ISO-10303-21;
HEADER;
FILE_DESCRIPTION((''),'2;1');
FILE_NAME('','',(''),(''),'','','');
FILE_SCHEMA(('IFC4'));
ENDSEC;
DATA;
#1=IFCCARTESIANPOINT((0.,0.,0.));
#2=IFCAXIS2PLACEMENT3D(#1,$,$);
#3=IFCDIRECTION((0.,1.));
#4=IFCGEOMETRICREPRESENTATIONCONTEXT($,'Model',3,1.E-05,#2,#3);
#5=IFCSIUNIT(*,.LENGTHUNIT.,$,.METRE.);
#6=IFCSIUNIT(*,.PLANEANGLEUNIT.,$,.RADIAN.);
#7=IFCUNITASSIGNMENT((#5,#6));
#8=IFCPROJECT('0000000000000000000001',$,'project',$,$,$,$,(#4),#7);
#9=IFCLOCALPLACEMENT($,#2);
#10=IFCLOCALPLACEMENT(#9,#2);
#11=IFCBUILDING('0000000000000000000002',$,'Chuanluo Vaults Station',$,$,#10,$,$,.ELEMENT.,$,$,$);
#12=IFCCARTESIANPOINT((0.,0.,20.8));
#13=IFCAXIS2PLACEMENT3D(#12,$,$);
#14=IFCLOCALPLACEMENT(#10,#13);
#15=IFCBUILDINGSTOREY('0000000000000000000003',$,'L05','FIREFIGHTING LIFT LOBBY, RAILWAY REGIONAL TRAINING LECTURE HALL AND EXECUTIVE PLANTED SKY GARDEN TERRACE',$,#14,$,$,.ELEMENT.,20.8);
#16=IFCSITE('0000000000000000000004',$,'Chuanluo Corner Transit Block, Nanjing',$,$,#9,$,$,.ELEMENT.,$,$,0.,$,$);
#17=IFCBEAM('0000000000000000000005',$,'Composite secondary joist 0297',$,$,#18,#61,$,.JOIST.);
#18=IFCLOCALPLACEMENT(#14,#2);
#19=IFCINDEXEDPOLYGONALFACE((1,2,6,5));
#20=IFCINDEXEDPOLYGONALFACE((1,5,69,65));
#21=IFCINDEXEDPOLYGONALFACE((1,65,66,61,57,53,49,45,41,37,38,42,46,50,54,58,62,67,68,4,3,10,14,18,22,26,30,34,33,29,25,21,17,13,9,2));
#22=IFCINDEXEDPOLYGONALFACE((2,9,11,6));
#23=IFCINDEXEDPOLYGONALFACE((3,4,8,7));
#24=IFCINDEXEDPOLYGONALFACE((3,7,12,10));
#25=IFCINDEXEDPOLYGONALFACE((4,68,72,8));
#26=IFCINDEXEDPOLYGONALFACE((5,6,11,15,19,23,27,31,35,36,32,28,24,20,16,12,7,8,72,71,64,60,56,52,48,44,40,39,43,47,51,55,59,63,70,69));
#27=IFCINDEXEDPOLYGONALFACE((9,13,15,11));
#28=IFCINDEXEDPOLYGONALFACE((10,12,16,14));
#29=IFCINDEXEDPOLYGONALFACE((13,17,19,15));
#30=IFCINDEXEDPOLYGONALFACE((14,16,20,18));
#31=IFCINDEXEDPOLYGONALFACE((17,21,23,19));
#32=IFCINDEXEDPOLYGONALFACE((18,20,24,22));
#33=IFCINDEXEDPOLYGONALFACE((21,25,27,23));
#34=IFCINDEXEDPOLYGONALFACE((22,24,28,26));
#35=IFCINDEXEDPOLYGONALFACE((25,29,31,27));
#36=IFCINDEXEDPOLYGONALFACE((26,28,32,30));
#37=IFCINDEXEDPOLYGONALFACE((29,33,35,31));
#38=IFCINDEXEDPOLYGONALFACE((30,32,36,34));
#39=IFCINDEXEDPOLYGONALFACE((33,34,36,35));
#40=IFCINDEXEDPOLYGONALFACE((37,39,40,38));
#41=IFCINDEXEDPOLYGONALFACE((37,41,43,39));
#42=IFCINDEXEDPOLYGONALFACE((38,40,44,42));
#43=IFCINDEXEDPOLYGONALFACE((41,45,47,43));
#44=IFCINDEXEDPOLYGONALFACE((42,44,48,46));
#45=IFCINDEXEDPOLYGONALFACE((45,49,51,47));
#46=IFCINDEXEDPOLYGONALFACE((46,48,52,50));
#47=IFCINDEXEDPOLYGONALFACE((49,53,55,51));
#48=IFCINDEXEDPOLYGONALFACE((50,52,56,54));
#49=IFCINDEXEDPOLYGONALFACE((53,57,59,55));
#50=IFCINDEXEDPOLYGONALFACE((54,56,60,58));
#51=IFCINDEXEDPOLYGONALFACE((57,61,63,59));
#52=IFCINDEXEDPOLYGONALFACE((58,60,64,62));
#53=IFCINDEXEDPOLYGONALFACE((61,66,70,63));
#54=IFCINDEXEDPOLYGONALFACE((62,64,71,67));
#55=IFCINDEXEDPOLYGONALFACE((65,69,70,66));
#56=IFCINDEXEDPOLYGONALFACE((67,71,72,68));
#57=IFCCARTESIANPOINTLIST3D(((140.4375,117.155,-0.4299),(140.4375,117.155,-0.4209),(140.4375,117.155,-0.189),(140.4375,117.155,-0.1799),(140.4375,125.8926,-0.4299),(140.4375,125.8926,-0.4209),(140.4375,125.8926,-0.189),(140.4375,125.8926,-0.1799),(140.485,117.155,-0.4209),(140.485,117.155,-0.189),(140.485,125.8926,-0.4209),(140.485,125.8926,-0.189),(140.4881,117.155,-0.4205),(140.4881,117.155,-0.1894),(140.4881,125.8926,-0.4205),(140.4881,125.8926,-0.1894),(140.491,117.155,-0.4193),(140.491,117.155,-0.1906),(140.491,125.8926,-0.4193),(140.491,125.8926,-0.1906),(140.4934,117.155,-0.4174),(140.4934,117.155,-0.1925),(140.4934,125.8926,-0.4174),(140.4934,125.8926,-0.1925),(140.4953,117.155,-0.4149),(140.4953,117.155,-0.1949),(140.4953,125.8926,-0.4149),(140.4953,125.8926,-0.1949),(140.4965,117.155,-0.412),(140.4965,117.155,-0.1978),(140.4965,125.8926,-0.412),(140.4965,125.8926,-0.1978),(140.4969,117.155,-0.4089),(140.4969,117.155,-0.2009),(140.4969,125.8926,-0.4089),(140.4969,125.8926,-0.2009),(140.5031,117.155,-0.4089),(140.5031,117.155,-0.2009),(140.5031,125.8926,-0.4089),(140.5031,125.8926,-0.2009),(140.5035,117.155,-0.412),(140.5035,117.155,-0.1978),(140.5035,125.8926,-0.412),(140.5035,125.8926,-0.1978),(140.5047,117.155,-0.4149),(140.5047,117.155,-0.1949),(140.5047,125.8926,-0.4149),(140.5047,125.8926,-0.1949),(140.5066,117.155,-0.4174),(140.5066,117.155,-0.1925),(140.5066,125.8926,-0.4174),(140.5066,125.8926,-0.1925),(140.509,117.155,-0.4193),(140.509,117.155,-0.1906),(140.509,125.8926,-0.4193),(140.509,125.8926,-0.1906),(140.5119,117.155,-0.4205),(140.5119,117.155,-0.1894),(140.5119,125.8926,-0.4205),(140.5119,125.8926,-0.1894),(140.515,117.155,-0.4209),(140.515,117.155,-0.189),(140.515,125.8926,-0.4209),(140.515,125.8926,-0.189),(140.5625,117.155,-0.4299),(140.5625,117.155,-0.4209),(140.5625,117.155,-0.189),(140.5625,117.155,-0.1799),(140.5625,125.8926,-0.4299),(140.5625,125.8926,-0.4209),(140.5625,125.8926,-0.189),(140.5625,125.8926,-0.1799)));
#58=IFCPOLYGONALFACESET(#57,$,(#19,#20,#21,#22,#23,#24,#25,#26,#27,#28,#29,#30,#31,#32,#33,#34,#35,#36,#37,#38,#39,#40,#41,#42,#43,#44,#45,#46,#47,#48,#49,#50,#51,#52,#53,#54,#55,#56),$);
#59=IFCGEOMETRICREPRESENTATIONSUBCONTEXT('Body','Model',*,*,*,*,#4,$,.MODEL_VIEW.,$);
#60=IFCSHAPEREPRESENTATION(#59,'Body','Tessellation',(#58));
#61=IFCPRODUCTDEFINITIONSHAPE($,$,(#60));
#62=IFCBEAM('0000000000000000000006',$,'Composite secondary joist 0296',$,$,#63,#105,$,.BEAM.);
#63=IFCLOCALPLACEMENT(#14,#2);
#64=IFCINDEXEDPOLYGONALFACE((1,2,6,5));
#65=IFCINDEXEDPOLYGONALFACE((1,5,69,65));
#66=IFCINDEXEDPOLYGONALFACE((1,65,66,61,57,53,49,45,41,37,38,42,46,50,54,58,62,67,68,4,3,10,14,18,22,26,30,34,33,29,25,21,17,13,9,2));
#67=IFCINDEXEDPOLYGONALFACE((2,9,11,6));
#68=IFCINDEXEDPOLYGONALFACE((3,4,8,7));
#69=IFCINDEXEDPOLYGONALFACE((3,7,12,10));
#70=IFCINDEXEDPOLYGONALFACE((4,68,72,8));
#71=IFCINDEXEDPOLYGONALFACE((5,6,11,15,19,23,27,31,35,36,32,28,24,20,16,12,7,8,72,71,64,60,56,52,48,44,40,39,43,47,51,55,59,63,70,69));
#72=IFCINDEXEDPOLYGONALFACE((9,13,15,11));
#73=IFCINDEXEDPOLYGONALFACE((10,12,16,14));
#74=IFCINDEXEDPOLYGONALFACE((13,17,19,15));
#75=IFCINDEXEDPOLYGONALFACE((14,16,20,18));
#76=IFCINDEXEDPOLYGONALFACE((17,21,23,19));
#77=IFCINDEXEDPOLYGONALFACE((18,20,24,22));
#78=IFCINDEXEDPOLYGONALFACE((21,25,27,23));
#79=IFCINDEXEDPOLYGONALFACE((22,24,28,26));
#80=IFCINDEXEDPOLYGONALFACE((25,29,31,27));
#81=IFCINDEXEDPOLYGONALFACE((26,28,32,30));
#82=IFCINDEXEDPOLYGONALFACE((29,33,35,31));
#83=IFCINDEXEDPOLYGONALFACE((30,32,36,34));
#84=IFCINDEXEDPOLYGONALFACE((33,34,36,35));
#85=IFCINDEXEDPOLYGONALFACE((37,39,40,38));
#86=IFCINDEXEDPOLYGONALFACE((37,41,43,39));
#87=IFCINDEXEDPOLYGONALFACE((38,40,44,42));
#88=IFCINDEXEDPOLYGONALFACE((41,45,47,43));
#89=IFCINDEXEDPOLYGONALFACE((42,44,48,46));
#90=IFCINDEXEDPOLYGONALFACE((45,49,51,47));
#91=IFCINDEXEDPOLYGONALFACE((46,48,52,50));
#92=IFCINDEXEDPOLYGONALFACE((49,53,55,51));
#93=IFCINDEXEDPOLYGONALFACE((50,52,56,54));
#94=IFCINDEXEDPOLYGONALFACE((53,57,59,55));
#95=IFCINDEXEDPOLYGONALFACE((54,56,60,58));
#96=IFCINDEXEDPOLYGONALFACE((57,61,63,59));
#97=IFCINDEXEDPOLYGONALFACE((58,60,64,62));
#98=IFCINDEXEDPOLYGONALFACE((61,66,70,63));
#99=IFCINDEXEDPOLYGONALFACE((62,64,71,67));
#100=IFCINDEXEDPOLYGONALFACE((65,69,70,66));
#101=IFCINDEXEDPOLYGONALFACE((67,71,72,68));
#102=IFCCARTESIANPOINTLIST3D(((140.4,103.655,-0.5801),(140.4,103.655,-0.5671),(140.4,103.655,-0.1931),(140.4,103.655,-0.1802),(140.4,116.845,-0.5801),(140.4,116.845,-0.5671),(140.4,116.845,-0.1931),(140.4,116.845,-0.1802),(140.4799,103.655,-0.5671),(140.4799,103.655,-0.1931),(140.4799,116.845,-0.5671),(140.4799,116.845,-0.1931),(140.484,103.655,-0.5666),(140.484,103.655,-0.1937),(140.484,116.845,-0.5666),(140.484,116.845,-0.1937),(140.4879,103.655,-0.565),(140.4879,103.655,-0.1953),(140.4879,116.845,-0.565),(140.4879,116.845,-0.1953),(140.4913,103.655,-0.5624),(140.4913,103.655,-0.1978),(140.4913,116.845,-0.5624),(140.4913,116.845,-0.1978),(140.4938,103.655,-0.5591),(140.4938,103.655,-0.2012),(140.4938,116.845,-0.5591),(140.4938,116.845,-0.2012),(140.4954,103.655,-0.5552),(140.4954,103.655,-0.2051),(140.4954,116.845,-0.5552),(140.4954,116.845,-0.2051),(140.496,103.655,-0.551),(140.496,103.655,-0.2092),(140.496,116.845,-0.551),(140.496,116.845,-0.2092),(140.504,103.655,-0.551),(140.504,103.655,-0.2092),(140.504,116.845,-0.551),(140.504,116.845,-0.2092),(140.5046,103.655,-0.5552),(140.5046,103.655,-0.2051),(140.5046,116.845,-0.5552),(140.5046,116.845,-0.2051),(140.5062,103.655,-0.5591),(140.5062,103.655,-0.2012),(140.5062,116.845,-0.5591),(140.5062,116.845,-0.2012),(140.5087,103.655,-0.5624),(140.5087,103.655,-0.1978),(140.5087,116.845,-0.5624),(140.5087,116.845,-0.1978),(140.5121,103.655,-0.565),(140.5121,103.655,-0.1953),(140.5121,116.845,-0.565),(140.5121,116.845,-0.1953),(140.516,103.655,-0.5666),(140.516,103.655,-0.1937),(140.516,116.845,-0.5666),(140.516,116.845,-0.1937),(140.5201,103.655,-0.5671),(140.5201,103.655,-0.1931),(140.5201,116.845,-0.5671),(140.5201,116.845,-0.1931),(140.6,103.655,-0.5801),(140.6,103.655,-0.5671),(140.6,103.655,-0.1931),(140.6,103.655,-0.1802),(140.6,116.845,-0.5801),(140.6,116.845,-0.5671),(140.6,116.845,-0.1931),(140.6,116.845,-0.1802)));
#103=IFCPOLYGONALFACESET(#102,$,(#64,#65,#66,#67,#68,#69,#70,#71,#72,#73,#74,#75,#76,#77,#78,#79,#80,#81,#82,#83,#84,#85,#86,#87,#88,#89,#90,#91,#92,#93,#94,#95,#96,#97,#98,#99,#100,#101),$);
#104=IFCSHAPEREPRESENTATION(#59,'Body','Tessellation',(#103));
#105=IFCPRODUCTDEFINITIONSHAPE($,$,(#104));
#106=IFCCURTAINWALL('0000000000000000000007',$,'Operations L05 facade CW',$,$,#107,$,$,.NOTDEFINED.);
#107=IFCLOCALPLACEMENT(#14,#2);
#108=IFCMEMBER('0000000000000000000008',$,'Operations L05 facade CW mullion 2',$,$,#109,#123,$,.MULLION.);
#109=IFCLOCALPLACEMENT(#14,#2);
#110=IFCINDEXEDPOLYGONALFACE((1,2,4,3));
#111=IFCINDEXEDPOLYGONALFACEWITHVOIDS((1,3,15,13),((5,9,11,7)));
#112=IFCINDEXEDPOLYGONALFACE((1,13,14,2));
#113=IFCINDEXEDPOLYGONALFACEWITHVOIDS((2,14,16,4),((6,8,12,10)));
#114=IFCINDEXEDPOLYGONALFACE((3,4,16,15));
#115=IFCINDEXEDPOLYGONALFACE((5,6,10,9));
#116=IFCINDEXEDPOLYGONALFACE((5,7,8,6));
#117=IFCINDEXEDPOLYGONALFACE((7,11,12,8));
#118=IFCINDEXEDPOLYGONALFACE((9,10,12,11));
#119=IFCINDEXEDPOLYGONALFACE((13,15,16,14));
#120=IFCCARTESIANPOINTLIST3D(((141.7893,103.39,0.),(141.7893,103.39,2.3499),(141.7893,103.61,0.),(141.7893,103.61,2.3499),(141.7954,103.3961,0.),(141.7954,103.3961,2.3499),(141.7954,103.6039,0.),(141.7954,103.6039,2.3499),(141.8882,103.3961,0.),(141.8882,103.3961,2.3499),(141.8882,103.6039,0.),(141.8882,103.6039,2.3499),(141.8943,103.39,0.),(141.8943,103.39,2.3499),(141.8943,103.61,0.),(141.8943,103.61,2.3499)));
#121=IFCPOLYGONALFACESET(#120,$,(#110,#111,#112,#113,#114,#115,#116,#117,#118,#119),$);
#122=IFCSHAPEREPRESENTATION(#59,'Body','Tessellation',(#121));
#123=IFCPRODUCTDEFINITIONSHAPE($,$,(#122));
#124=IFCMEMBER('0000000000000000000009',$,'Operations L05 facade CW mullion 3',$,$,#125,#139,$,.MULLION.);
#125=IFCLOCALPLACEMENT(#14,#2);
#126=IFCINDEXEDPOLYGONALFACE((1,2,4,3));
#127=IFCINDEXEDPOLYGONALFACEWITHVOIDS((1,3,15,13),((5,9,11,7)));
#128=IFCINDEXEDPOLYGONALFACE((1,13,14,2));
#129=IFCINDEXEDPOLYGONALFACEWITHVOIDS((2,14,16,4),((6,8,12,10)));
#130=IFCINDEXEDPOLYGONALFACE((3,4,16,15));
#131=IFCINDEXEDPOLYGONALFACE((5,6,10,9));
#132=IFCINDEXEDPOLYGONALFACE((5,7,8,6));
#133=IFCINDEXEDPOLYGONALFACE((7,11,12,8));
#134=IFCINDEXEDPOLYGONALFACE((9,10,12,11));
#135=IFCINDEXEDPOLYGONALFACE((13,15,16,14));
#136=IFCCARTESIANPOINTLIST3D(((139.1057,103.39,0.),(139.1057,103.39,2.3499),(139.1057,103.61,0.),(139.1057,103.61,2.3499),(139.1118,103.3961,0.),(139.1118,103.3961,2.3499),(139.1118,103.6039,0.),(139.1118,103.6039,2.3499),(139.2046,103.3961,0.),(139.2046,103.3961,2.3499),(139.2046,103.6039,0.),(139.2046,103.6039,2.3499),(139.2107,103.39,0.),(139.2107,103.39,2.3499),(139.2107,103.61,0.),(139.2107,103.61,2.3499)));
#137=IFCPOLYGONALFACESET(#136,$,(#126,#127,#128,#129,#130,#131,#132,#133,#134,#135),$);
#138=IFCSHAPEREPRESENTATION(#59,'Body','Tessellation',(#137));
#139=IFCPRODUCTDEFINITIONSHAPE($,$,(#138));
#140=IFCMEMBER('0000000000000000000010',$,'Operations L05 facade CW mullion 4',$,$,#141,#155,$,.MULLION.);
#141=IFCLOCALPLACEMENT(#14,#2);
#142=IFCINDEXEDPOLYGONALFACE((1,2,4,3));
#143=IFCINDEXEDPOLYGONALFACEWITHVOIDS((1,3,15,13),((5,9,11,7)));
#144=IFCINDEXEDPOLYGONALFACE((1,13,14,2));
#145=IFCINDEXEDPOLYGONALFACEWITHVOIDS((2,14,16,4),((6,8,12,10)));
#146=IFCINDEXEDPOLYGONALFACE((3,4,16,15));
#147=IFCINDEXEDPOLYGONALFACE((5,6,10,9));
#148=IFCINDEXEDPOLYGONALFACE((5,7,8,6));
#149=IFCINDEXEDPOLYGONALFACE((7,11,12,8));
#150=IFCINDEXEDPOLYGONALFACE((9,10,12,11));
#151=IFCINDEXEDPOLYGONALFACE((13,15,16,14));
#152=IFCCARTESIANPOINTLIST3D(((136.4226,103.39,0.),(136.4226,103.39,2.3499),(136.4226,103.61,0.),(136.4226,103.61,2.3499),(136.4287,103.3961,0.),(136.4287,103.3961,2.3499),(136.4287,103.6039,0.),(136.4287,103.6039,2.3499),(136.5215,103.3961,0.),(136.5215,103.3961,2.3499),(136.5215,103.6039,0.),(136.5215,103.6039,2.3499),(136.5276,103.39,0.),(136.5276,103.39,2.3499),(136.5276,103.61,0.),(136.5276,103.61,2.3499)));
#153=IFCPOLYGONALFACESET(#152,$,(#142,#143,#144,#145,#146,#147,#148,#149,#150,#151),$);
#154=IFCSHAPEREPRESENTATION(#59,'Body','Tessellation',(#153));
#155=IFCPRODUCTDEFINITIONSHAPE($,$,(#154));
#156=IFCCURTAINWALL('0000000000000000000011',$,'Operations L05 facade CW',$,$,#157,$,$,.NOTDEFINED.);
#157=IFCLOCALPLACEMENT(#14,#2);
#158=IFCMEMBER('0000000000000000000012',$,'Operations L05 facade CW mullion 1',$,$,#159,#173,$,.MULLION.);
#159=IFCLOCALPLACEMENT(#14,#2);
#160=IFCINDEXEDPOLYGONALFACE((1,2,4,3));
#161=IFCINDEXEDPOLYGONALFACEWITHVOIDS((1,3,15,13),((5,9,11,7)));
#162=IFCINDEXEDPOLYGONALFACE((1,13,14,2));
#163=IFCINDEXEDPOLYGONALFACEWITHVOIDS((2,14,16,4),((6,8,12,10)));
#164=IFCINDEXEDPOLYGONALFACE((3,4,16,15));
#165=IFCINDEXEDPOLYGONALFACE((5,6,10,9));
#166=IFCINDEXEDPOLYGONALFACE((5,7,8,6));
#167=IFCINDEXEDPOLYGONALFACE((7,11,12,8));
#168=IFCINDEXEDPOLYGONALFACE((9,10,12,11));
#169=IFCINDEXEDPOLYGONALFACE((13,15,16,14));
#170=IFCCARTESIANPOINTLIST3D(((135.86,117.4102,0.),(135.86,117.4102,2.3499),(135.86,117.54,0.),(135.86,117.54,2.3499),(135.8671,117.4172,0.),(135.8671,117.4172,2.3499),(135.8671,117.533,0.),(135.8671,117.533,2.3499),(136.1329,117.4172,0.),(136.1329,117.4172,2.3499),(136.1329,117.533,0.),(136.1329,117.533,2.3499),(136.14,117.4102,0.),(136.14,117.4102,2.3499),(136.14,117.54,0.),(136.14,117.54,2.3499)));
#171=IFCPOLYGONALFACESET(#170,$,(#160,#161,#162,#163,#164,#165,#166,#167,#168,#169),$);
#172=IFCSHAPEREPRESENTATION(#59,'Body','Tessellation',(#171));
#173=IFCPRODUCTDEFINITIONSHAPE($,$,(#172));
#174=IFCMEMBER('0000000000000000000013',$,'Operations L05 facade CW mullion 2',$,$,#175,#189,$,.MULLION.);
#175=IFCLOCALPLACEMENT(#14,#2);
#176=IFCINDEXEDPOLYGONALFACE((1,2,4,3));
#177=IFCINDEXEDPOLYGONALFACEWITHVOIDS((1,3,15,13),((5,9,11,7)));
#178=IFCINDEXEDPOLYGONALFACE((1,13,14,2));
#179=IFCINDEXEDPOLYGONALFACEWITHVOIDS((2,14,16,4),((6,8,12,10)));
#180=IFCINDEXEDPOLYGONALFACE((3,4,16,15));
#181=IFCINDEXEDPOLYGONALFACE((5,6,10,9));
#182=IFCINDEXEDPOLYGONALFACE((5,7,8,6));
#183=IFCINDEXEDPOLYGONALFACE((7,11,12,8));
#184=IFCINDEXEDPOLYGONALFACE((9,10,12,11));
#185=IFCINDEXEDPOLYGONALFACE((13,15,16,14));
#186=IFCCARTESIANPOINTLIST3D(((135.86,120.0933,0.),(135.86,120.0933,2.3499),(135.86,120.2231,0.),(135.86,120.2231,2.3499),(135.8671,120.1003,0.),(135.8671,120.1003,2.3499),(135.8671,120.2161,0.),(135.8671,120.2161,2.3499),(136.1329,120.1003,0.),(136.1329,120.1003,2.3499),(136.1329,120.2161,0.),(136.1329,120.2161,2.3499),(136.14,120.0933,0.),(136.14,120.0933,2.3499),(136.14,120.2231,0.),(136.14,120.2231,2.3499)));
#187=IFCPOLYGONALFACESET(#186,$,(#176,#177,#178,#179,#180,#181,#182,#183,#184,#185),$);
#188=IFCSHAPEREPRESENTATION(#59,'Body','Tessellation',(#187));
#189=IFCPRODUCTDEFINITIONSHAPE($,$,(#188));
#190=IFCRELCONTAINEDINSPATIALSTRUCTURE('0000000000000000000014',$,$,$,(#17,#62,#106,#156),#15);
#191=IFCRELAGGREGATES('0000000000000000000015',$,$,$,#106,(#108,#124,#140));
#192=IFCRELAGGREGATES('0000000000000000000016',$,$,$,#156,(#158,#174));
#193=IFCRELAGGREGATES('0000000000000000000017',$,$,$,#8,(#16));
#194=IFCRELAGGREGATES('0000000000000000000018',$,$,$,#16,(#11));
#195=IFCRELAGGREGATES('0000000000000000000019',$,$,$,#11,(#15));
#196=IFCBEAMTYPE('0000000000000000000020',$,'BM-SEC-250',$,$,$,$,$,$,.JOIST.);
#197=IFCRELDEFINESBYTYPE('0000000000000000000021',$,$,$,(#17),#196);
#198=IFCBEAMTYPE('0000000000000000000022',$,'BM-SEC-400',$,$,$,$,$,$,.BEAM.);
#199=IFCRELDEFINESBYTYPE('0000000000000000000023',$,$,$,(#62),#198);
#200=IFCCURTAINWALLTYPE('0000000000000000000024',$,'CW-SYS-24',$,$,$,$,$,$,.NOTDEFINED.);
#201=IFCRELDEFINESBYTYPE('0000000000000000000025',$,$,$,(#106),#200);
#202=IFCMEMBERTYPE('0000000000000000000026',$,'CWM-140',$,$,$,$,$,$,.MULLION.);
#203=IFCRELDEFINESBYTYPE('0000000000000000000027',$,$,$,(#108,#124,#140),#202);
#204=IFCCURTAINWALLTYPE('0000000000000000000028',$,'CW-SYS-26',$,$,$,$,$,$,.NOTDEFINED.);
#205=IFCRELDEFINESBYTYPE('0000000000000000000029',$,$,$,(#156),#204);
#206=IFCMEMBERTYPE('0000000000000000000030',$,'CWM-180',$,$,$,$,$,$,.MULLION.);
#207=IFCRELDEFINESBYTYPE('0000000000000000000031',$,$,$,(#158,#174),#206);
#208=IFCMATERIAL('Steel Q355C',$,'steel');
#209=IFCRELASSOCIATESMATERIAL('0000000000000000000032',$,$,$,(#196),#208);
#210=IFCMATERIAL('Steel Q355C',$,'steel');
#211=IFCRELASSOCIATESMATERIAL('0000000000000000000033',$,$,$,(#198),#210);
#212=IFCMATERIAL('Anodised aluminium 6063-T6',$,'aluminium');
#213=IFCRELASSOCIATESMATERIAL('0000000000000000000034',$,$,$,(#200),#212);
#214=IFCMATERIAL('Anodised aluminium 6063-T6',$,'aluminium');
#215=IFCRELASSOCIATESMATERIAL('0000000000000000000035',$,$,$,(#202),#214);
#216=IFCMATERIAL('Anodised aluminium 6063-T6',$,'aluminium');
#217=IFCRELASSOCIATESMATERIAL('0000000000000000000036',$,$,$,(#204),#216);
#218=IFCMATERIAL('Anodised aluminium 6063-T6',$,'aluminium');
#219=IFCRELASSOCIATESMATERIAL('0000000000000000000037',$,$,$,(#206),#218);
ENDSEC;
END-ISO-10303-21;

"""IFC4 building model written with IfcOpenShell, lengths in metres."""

from ifc_helpers import new_model, si_unit, direction, frame, origin, origin_2d, place, context, subcontext, project, spatial, hollow_rectangle, i_section, extrude, material, material_profile, profile_set, type_object, element, aggregate, save


model = new_model("IFC4")

# Units and contexts
model_context = context("Model", 3, precision=1e-05, world=origin(), true_north=direction((0.0, 1.0)))
body_context = subcontext(model_context, "Body", "Model", "MODEL_VIEW")
ifc_project = project(units=[si_unit("LENGTHUNIT", "METRE"), si_unit("PLANEANGLEUNIT", "RADIAN")], contexts=[model_context])

# Site, building, storey
site_placement = place(None, origin())
site = spatial("IfcSite", under=ifc_project, at=site_placement, Name="Chuanluo Corner Transit Block, Nanjing", CompositionType="ELEMENT", RefElevation=0.0)
building_placement = place(site_placement, origin())
building = spatial("IfcBuilding", under=site, at=building_placement, Name="Chuanluo Vaults Station", CompositionType="ELEMENT")
storey_placement = place(building_placement, frame((0.0, 0.0, 20.8)))
storey = spatial("IfcBuildingStorey", under=building, at=storey_placement, Name="L05", Description="FIREFIGHTING LIFT LOBBY, RAILWAY REGIONAL TRAINING LECTURE HALL AND EXECUTIVE PLANTED SKY GARDEN TERRACE", CompositionType="ELEMENT", Elevation=20.8)

# Beams
ifc_material_1 = material(Name="Steel Q355C", Category="steel")
ifc_material_profile_1 = material_profile(ifc_material_1, i_section(OverallWidth=0.125, OverallDepth=0.25, WebThickness=0.0061, FlangeThickness=0.009, FilletRadius=0.012, at=origin_2d()))
ifc_profile_set_1 = profile_set([ifc_material_profile_1], Name="Steel Q355C")
beam_type_1 = type_object("IfcBeamType", Name="BM-SEC-250", PredefinedType="JOIST", material=ifc_profile_set_1)
beam_1_placement = place(storey_placement, frame((140.5, 117.155, -0.3049), z_axis=(0.0, 1.0, 0.0), x_axis=(-1.0, 0.0, 0.0)))
element("IfcBeam", 1, at=beam_1_placement, inside=storey, type_object=beam_type_1, Name="Composite secondary joist 0297", PredefinedType="JOIST", context=body_context, shape_type="SweptSolid", body=[
    extrude(i_section(OverallWidth=0.125, OverallDepth=0.25, WebThickness=0.0061, FlangeThickness=0.009, FilletRadius=0.012, at=origin_2d()), origin(), (0.0, 0.0, 1.0), 8.7375),
])
ifc_material_2 = material(Name="Steel Q355C", Category="steel")
ifc_material_profile_2 = material_profile(ifc_material_2, i_section(OverallWidth=0.2, OverallDepth=0.3999, WebThickness=0.0081, FlangeThickness=0.0129, FilletRadius=0.0161, at=origin_2d()))
ifc_profile_set_2 = profile_set([ifc_material_profile_2], Name="Steel Q355C")
beam_type_2 = type_object("IfcBeamType", Name="BM-SEC-400", PredefinedType="BEAM", material=ifc_profile_set_2)
beam_2_placement = place(storey_placement, frame((140.5, 103.655, -0.3801), z_axis=(0.0, 1.0, 0.0), x_axis=(-1.0, 0.0, 0.0)))
element("IfcBeam", 2, at=beam_2_placement, inside=storey, type_object=beam_type_2, Name="Composite secondary joist 0296", PredefinedType="BEAM", context=body_context, shape_type="SweptSolid", body=[
    extrude(i_section(OverallWidth=0.2, OverallDepth=0.3999, WebThickness=0.0081, FlangeThickness=0.0129, FilletRadius=0.0161, at=origin_2d()), origin(), (0.0, 0.0, 1.0), 13.1899),
])

# Curtain walls, members
ifc_material_3 = material(Name="Anodised aluminium 6063-T6", Category="aluminium")
curtain_wall_type_1 = type_object("IfcCurtainWallType", Name="CW-SYS-24", PredefinedType="NOTDEFINED", material=ifc_material_3)
curtain_wall_1_placement = place(storey_placement, origin())
curtain_wall_1 = element("IfcCurtainWall", 3, at=curtain_wall_1_placement, inside=storey, type_object=curtain_wall_type_1, Name="Operations L05 facade CW", PredefinedType="NOTDEFINED")
ifc_material_4 = material(Name="Anodised aluminium 6063-T6", Category="aluminium")
ifc_material_profile_3 = material_profile(ifc_material_4, hollow_rectangle(XDim=0.105, YDim=0.22, WallThickness=0.0061, at=origin_2d()))
ifc_profile_set_3 = profile_set([ifc_material_profile_3], Name="Anodised aluminium 6063-T6")
member_type_1 = type_object("IfcMemberType", Name="CWM-140", PredefinedType="MULLION", material=ifc_profile_set_3)
member_1_placement = place(storey_placement, frame((141.8418, 103.5, 0.0), z_axis=(0.0, 0.0, 1.0), x_axis=(-1.0, 0.0, 0.0)))
member_1 = element("IfcMember", 4, at=member_1_placement, type_object=member_type_1, Name="Operations L05 facade CW mullion 2", PredefinedType="MULLION", context=body_context, shape_type="SweptSolid", body=[
    extrude(hollow_rectangle(XDim=0.105, YDim=0.22, WallThickness=0.0061, at=origin_2d()), origin(), (0.0, 0.0, 1.0), 2.3499),
])
member_2_placement = place(storey_placement, frame((139.1582, 103.5, 0.0), z_axis=(0.0, 0.0, 1.0), x_axis=(-1.0, 0.0, 0.0)))
member_2 = element("IfcMember", 5, at=member_2_placement, type_object=member_type_1, Name="Operations L05 facade CW mullion 3", PredefinedType="MULLION", context=body_context, shape_type="SweptSolid", body=[
    extrude(hollow_rectangle(XDim=0.105, YDim=0.22, WallThickness=0.0061, at=origin_2d()), origin(), (0.0, 0.0, 1.0), 2.3499),
])
member_3_placement = place(storey_placement, frame((136.4751, 103.5, 0.0), z_axis=(0.0, 0.0, 1.0), x_axis=(-1.0, 0.0, 0.0)))
member_3 = element("IfcMember", 6, at=member_3_placement, type_object=member_type_1, Name="Operations L05 facade CW mullion 4", PredefinedType="MULLION", context=body_context, shape_type="SweptSolid", body=[
    extrude(hollow_rectangle(XDim=0.105, YDim=0.22, WallThickness=0.0061, at=origin_2d()), origin(), (0.0, 0.0, 1.0), 2.3499),
])
ifc_material_5 = material(Name="Anodised aluminium 6063-T6", Category="aluminium")
curtain_wall_type_2 = type_object("IfcCurtainWallType", Name="CW-SYS-26", PredefinedType="NOTDEFINED", material=ifc_material_5)
curtain_wall_2_placement = place(storey_placement, origin())
curtain_wall_2 = element("IfcCurtainWall", 7, at=curtain_wall_2_placement, inside=storey, type_object=curtain_wall_type_2, Name="Operations L05 facade CW", PredefinedType="NOTDEFINED")
ifc_material_6 = material(Name="Anodised aluminium 6063-T6", Category="aluminium")
ifc_material_profile_4 = material_profile(ifc_material_6, hollow_rectangle(XDim=0.1299, YDim=0.28, WallThickness=0.0071, at=origin_2d()))
ifc_profile_set_4 = profile_set([ifc_material_profile_4], Name="Anodised aluminium 6063-T6")
member_type_2 = type_object("IfcMemberType", Name="CWM-180", PredefinedType="MULLION", material=ifc_profile_set_4)
member_4_placement = place(storey_placement, frame((136.0, 117.4751, 0.0), z_axis=(0.0, 0.0, 1.0), x_axis=(0.0, 1.0, 0.0)))
member_4 = element("IfcMember", 8, at=member_4_placement, type_object=member_type_2, Name="Operations L05 facade CW mullion 1", PredefinedType="MULLION", context=body_context, shape_type="SweptSolid", body=[
    extrude(hollow_rectangle(XDim=0.1299, YDim=0.28, WallThickness=0.0071, at=origin_2d()), origin(), (0.0, 0.0, 1.0), 2.3499),
])
member_5_placement = place(storey_placement, frame((136.0, 120.1582, 0.0), z_axis=(0.0, 0.0, 1.0), x_axis=(0.0, 1.0, 0.0)))
member_5 = element("IfcMember", 9, at=member_5_placement, type_object=member_type_2, Name="Operations L05 facade CW mullion 2", PredefinedType="MULLION", context=body_context, shape_type="SweptSolid", body=[
    extrude(hollow_rectangle(XDim=0.1299, YDim=0.28, WallThickness=0.0071, at=origin_2d()), origin(), (0.0, 0.0, 1.0), 2.3499),
])

aggregate(curtain_wall_1, [member_1, member_2, member_3])
aggregate(curtain_wall_2, [member_4, member_5])

save(model, "model.ifc")
